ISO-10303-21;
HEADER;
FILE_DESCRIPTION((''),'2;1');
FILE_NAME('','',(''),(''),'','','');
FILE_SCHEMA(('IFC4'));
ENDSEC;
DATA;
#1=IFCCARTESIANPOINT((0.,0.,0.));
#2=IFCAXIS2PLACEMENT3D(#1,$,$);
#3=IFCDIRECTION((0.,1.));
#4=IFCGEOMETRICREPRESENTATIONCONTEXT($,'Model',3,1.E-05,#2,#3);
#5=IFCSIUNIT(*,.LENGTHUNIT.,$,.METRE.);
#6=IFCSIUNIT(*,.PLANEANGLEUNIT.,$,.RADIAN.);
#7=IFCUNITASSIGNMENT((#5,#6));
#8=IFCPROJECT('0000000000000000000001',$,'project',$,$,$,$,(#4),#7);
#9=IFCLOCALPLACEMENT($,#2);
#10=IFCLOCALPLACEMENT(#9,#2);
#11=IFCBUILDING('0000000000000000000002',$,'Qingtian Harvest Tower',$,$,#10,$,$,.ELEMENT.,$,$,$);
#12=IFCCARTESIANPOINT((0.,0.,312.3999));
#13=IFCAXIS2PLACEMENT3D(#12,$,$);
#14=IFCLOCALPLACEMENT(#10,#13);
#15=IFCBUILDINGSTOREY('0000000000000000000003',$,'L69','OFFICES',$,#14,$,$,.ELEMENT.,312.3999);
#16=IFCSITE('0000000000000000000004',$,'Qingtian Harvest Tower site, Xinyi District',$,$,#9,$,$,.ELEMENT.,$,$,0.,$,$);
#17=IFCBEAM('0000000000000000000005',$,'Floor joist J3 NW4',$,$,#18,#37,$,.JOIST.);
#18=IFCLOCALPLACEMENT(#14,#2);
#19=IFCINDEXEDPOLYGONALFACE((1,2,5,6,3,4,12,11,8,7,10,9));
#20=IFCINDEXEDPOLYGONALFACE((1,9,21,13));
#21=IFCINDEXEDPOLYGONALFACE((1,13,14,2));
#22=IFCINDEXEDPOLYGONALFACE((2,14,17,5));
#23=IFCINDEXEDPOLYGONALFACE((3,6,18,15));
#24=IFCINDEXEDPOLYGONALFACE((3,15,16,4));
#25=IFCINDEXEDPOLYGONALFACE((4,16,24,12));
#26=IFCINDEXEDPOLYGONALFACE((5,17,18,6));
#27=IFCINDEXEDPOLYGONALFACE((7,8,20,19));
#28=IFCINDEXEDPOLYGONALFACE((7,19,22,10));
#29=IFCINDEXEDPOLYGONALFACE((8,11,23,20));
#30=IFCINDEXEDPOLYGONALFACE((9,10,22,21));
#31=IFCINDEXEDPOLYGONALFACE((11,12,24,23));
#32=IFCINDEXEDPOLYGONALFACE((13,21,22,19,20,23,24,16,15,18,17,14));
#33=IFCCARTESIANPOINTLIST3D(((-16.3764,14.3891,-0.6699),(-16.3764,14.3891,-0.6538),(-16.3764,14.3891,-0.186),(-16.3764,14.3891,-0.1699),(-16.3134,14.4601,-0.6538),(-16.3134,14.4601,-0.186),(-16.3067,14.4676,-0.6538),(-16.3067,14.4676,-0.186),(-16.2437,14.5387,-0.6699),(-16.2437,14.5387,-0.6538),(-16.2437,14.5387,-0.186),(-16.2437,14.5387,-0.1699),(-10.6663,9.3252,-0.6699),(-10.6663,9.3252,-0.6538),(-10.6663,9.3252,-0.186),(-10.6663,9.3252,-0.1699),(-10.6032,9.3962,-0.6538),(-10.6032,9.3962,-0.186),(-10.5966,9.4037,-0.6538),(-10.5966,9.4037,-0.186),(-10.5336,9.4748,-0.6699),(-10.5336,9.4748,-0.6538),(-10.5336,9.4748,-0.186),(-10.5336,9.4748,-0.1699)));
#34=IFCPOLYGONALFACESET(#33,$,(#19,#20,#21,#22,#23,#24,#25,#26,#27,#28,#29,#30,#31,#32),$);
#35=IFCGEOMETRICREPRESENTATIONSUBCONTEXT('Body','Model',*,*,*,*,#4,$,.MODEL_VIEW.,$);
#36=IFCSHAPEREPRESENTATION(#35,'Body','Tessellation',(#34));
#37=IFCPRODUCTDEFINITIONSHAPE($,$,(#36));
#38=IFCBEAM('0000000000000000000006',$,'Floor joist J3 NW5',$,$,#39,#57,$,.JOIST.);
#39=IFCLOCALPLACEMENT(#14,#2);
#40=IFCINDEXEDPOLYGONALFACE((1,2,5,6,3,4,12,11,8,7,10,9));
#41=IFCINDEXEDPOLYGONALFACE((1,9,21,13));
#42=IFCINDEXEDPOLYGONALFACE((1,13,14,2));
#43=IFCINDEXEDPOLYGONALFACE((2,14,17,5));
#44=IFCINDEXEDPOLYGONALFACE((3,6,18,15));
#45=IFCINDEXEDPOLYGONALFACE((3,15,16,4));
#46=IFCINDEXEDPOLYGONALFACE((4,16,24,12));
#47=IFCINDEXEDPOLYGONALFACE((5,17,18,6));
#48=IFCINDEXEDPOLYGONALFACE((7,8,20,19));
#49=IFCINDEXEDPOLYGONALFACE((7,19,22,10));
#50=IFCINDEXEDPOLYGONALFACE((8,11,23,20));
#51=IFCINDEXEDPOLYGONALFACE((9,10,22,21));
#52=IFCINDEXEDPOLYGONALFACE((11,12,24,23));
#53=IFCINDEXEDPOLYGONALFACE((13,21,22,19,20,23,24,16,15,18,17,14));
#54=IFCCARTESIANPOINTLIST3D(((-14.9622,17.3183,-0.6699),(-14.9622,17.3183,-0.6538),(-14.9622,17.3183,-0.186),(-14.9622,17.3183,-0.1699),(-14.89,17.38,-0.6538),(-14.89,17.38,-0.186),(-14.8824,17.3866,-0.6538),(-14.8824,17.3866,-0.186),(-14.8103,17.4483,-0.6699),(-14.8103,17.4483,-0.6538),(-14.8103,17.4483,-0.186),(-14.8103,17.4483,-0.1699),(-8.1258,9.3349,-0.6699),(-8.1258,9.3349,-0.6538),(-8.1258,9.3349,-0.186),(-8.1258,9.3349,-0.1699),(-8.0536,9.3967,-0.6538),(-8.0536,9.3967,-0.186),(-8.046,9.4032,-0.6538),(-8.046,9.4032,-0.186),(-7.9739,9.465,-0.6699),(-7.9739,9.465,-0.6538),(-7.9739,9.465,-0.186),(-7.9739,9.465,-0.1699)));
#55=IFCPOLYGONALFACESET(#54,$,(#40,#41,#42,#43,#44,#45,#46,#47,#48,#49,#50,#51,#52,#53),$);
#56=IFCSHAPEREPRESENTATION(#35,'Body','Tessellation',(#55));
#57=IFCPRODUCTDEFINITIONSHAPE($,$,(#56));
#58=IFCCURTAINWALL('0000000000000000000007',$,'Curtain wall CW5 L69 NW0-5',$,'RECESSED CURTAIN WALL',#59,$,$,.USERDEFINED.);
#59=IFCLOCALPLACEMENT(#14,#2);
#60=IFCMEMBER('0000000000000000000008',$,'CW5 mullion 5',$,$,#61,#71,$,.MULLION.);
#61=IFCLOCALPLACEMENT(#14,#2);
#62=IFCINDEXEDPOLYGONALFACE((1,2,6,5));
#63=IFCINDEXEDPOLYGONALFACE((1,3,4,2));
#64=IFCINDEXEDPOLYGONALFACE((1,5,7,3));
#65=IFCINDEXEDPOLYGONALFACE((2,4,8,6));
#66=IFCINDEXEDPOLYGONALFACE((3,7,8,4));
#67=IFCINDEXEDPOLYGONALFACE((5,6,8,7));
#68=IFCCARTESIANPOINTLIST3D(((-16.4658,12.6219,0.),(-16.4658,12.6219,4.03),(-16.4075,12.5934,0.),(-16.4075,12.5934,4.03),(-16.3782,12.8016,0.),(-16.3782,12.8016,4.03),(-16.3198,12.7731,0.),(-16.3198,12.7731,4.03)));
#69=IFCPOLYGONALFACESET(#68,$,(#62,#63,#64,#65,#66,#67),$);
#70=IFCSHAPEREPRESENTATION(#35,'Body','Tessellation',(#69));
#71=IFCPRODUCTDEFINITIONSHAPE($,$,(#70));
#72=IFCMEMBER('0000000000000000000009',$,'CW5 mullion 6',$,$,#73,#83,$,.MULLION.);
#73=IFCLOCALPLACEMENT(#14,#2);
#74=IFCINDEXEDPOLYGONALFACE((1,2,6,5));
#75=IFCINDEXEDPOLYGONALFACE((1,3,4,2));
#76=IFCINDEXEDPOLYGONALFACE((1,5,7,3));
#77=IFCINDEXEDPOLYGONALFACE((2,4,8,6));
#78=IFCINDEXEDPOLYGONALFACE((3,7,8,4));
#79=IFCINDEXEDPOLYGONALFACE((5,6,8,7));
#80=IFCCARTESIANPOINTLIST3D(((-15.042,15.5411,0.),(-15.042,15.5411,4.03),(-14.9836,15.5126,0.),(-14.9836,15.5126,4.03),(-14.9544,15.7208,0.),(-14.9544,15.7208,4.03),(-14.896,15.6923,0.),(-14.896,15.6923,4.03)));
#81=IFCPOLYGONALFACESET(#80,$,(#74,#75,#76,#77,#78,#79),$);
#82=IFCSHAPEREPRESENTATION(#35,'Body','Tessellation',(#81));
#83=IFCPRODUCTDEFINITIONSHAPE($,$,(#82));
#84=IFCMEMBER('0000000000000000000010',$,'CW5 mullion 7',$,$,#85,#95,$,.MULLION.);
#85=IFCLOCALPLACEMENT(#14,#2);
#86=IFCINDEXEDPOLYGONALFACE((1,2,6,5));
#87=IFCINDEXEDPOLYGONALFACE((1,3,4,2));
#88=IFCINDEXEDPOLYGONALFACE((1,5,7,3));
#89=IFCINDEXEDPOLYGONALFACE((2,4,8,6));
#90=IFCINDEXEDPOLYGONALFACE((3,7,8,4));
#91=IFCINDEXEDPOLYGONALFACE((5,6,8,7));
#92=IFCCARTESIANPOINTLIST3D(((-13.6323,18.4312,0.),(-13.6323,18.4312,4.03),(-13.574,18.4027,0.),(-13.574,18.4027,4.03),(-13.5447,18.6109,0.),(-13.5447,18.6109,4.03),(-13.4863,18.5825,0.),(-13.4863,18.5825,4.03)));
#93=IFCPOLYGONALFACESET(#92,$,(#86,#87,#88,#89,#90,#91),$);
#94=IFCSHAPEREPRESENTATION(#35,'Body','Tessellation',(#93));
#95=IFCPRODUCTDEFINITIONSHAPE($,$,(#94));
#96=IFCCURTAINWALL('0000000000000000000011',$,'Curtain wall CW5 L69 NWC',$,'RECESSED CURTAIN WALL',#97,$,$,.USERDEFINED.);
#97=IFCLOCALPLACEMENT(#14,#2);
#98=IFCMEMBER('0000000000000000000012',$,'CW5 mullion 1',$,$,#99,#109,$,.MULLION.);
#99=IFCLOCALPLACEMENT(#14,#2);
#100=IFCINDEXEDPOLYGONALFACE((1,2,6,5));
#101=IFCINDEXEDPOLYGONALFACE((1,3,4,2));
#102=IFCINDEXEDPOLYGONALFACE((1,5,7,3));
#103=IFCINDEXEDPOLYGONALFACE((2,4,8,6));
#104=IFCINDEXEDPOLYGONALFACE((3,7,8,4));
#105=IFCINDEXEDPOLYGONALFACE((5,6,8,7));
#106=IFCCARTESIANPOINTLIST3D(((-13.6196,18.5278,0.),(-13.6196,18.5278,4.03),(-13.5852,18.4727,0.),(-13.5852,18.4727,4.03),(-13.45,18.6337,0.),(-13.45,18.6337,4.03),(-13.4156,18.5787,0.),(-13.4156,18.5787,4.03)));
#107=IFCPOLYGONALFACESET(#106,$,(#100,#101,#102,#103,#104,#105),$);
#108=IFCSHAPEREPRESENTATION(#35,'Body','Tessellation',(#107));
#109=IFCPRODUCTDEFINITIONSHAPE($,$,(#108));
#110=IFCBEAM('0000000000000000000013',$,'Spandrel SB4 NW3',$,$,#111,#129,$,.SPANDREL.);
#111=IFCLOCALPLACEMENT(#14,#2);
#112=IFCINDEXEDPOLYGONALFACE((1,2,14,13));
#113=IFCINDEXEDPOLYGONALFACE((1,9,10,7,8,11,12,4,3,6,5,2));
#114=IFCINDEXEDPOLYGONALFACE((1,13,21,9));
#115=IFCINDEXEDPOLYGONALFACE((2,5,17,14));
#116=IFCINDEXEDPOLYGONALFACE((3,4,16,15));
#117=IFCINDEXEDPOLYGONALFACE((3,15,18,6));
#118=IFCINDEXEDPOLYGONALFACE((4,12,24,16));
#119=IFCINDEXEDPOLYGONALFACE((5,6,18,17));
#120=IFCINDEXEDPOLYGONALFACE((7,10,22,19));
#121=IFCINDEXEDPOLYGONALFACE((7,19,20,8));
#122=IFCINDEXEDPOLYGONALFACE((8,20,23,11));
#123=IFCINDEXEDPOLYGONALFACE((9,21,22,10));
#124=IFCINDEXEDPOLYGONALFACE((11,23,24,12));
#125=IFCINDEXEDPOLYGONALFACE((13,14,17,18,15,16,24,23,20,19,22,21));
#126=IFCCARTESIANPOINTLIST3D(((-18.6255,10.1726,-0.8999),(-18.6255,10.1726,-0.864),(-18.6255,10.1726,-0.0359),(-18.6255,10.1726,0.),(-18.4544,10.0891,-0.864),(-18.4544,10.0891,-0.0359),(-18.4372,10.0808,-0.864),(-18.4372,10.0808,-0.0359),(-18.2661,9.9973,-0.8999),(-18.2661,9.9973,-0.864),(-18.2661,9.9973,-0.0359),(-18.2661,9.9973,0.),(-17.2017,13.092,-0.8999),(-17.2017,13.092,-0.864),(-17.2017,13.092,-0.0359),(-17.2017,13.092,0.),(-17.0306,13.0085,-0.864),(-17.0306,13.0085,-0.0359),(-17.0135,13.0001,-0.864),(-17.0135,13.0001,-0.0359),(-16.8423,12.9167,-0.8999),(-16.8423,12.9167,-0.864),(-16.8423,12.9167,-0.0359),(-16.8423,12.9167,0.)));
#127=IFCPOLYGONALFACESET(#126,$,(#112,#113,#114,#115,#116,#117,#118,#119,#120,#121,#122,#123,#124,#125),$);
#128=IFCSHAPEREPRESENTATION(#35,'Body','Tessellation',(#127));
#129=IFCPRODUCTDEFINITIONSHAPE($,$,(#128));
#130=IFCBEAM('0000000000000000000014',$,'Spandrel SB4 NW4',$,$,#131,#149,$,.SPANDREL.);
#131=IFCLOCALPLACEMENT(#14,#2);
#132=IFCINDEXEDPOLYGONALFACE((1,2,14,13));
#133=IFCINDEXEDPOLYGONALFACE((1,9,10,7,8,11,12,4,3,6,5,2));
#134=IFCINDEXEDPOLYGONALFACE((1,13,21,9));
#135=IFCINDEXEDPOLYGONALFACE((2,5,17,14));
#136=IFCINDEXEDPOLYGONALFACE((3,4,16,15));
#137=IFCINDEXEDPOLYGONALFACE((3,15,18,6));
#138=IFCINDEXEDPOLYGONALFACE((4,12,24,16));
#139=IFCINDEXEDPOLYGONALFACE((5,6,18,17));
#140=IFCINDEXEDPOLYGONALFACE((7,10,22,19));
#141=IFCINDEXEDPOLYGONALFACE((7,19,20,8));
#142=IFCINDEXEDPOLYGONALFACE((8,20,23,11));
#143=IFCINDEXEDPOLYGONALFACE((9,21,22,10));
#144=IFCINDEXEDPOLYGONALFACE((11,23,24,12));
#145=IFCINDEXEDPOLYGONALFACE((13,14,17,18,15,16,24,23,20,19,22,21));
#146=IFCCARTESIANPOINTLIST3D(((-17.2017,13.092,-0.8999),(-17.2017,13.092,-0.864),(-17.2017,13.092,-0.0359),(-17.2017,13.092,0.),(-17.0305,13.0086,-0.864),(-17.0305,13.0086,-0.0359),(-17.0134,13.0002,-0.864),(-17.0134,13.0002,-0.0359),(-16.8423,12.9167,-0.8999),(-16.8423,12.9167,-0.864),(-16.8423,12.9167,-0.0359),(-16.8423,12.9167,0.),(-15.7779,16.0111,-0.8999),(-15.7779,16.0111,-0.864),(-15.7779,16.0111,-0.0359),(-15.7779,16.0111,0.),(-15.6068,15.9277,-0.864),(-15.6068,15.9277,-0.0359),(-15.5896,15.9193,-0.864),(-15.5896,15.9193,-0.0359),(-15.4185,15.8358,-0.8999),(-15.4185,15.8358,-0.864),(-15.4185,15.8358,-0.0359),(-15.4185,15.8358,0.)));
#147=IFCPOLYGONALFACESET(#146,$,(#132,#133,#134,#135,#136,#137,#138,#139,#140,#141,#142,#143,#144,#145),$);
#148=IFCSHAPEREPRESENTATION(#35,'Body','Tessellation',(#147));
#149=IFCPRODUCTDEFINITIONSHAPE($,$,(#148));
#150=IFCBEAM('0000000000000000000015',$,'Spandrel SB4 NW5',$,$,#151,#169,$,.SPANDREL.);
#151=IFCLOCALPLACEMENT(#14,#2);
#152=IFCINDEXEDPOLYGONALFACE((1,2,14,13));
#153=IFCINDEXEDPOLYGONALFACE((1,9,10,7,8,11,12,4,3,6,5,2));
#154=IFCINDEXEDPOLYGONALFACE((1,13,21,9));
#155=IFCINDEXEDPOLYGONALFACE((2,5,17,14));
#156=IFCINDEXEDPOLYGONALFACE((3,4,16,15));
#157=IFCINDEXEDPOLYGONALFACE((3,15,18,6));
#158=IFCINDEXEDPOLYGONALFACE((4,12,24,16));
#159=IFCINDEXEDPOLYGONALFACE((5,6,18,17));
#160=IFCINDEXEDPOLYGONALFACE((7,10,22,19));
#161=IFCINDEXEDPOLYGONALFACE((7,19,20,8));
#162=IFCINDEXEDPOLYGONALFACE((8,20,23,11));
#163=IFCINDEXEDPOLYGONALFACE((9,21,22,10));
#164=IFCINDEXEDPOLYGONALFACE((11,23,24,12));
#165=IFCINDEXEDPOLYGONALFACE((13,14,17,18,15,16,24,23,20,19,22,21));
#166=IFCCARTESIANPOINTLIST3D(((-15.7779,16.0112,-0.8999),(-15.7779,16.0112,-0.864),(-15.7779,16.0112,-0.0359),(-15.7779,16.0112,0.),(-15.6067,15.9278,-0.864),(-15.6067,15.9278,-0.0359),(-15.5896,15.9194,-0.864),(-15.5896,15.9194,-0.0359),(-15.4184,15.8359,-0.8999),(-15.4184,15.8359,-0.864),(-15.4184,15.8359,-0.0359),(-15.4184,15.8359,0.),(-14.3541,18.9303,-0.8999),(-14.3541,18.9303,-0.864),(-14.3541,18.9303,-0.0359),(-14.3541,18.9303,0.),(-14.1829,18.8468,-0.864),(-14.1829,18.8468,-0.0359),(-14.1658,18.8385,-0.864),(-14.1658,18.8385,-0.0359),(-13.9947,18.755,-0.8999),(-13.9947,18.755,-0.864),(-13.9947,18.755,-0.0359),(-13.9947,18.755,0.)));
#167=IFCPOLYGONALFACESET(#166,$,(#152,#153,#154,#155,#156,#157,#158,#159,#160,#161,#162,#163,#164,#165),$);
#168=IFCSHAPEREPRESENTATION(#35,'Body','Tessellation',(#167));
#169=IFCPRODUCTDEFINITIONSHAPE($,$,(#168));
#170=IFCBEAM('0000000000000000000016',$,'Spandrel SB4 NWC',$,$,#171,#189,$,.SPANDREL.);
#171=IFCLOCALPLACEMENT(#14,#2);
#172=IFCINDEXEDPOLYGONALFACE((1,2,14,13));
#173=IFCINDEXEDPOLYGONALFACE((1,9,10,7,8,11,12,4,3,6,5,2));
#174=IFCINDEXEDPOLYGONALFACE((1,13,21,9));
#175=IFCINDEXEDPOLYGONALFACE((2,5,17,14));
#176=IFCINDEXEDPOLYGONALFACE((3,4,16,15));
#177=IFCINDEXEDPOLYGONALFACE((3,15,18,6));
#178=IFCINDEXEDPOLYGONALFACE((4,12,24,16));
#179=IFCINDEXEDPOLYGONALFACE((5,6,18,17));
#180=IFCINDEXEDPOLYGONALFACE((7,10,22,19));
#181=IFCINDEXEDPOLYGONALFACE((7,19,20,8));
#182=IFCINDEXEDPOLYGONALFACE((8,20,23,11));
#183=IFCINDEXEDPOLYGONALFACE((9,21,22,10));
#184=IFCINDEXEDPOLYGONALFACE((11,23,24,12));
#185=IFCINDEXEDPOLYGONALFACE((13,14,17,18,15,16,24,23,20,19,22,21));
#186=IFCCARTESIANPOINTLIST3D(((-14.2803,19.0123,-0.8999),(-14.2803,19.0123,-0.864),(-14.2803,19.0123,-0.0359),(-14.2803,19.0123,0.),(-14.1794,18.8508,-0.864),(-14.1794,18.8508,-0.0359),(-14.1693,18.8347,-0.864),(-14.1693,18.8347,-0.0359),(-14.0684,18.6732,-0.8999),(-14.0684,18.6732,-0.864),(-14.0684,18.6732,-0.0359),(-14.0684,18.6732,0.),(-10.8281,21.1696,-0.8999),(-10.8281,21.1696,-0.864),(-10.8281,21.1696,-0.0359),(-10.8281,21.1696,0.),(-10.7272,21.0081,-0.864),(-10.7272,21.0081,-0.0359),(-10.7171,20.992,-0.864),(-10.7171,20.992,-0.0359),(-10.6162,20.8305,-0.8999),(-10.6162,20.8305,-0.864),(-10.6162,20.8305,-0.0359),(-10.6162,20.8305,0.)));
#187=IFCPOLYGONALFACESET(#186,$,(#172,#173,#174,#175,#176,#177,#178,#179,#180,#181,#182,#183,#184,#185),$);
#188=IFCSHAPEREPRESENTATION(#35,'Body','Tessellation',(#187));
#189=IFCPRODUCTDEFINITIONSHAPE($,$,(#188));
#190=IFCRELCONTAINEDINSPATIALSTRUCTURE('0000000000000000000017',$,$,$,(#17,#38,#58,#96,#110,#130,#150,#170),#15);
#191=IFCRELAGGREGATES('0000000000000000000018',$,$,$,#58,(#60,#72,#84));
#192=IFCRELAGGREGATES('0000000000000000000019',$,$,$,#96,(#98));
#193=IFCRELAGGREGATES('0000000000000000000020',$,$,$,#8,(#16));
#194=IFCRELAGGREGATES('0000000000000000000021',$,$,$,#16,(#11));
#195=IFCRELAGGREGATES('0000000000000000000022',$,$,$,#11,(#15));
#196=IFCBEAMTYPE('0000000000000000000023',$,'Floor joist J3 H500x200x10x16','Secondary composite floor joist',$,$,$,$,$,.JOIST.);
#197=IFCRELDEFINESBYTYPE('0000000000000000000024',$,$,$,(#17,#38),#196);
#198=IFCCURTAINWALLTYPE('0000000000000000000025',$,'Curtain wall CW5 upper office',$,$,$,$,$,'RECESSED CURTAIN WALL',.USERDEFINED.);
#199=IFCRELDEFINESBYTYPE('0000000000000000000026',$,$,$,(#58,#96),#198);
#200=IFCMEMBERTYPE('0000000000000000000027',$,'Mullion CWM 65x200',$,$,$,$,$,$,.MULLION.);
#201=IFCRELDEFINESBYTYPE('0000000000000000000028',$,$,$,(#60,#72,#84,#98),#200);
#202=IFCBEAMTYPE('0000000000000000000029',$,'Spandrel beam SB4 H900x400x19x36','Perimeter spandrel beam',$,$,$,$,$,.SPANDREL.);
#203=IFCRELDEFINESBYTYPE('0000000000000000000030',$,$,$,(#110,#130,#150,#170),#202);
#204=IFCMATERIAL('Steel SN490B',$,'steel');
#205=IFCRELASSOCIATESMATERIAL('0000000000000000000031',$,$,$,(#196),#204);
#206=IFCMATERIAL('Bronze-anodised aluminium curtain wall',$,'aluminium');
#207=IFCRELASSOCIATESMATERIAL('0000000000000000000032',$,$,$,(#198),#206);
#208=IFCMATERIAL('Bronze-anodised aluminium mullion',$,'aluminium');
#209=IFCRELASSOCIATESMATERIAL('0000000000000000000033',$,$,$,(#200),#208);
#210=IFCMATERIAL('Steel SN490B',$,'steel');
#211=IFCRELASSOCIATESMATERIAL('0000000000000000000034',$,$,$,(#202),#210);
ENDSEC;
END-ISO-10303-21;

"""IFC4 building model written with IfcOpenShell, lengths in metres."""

from ifc_helpers import new_model, si_unit, direction, frame, origin, origin_2d, place, context, subcontext, project, spatial, rectangle, i_section, extrude, material, material_profile, profile_set, type_object, element, aggregate, save


model = new_model("IFC4")

# Units and contexts
model_context = context("Model", 3, precision=1e-05, world=origin(), true_north=direction((0.0, 1.0)))
body_context = subcontext(model_context, "Body", "Model", "MODEL_VIEW")
ifc_project = project(units=[si_unit("LENGTHUNIT", "METRE"), si_unit("PLANEANGLEUNIT", "RADIAN")], contexts=[model_context])

# Site, building, storey
site_placement = place(None, origin())
site = spatial("IfcSite", under=ifc_project, at=site_placement, Name="Qingtian Harvest Tower site, Xinyi District", CompositionType="ELEMENT", RefElevation=0.0)
building_placement = place(site_placement, origin())
building = spatial("IfcBuilding", under=site, at=building_placement, Name="Qingtian Harvest Tower", CompositionType="ELEMENT")
storey_placement = place(building_placement, frame((0.0, 0.0, 312.3999)))
storey = spatial("IfcBuildingStorey", under=building, at=storey_placement, Name="L69", Description="OFFICES", CompositionType="ELEMENT", Elevation=312.3999)

# Beams
ifc_material_1 = material(Name="Steel SN490B", Category="steel")
ifc_material_profile_1 = material_profile(ifc_material_1, i_section(OverallWidth=0.2, OverallDepth=0.5, WebThickness=0.01, FlangeThickness=0.0161, at=origin_2d()), Name="H500x200x10x16")
ifc_profile_set_1 = profile_set([ifc_material_profile_1], Name="Steel SN490B")
beam_type_1 = type_object("IfcBeamType", Name="Floor joist J3 H500x200x10x16", Description="Secondary composite floor joist", PredefinedType="JOIST", material=ifc_profile_set_1)
beam_1_placement = place(storey_placement, frame((-16.3101, 14.4639, -0.4199), z_axis=(0.748175, -0.663502, 0.0), x_axis=(0.663502, 0.748175, 0.0)))
element("IfcBeam", 1, at=beam_1_placement, inside=storey, type_object=beam_type_1, Name="Floor joist J3 NW4", PredefinedType="JOIST", context=body_context, shape_type="SweptSolid", body=[
    extrude(i_section(OverallWidth=0.2, OverallDepth=0.5, WebThickness=0.01, FlangeThickness=0.0161, at=origin_2d()), origin(), (0.0, 0.0, 1.0), 7.6321),
])
beam_2_placement = place(storey_placement, frame((-14.8862, 17.3833, -0.4199), z_axis=(0.650436, -0.759561, 0.0), x_axis=(0.759561, 0.650436, 0.0)))
element("IfcBeam", 2, at=beam_2_placement, inside=storey, type_object=beam_type_1, Name="Floor joist J3 NW5", PredefinedType="JOIST", context=body_context, shape_type="SweptSolid", body=[
    extrude(i_section(OverallWidth=0.2, OverallDepth=0.5, WebThickness=0.01, FlangeThickness=0.0161, at=origin_2d()), origin(), (0.0, 0.0, 1.0), 10.5105),
])

# Curtain wall, members
ifc_material_2 = material(Name="Bronze-anodised aluminium curtain wall", Category="aluminium")
curtain_wall_type = type_object("IfcCurtainWallType", Name="Curtain wall CW5 upper office", ElementType="RECESSED CURTAIN WALL", PredefinedType="USERDEFINED", material=ifc_material_2)
curtain_wall_1_placement = place(storey_placement, origin())
curtain_wall_1 = element("IfcCurtainWall", 3, at=curtain_wall_1_placement, inside=storey, type_object=curtain_wall_type, Name="Curtain wall CW5 L69 NW0-5", ObjectType="RECESSED CURTAIN WALL", PredefinedType="USERDEFINED")
ifc_material_3 = material(Name="Bronze-anodised aluminium mullion", Category="aluminium")
ifc_material_profile_2 = material_profile(ifc_material_3, rectangle(XDim=0.0649, YDim=0.2, at=origin_2d()), Name="AL 65x200")
ifc_profile_set_2 = profile_set([ifc_material_profile_2], Name="Bronze-anodised aluminium mullion")
member_type_1 = type_object("IfcMemberType", Name="Mullion CWM 65x200", PredefinedType="MULLION", material=ifc_profile_set_2)
member_1_placement = place(storey_placement, frame((-16.3928, 12.6975, 0.0), z_axis=(0.0, 0.0, 1.0), x_axis=(-0.898794, 0.438371, 0.0)))
member_1 = element("IfcMember", 4, at=member_1_placement, type_object=member_type_1, Name="CW5 mullion 5", PredefinedType="MULLION", context=body_context, shape_type="SweptSolid", body=[
    extrude(rectangle(XDim=0.0649, YDim=0.2, at=origin_2d()), origin(), (0.0, 0.0, 1.0), 4.03),
])
member_2_placement = place(storey_placement, frame((-14.969, 15.6167, 0.0), z_axis=(0.0, 0.0, 1.0), x_axis=(-0.898794, 0.438371, 0.0)))
member_2 = element("IfcMember", 5, at=member_2_placement, type_object=member_type_1, Name="CW5 mullion 6", PredefinedType="MULLION", context=body_context, shape_type="SweptSolid", body=[
    extrude(rectangle(XDim=0.0649, YDim=0.2, at=origin_2d()), origin(), (0.0, 0.0, 1.0), 4.03),
])
member_3_placement = place(storey_placement, frame((-13.5593, 18.5068, 0.0), z_axis=(0.0, 0.0, 1.0), x_axis=(-0.898794, 0.438371, 0.0)))
member_3 = element("IfcMember", 6, at=member_3_placement, type_object=member_type_1, Name="CW5 mullion 7", PredefinedType="MULLION", context=body_context, shape_type="SweptSolid", body=[
    extrude(rectangle(XDim=0.0649, YDim=0.2, at=origin_2d()), origin(), (0.0, 0.0, 1.0), 4.03),
])

# Curtain wall, member
curtain_wall_2_placement = place(storey_placement, origin())
curtain_wall_2 = element("IfcCurtainWall", 7, at=curtain_wall_2_placement, inside=storey, type_object=curtain_wall_type, Name="Curtain wall CW5 L69 NWC", ObjectType="RECESSED CURTAIN WALL", PredefinedType="USERDEFINED")
member_4_placement = place(storey_placement, frame((-13.5176, 18.5532, 0.0), z_axis=(0.0, 0.0, 1.0), x_axis=(-0.529919, 0.848048, 0.0)))
member_4 = element("IfcMember", 8, at=member_4_placement, type_object=member_type_1, Name="CW5 mullion 1", PredefinedType="MULLION", context=body_context, shape_type="SweptSolid", body=[
    extrude(rectangle(XDim=0.0649, YDim=0.2, at=origin_2d()), origin(), (0.0, 0.0, 1.0), 4.03),
])

# Beams
ifc_material_4 = material(Name="Steel SN490B", Category="steel")
ifc_material_profile_3 = material_profile(ifc_material_4, i_section(OverallWidth=0.3999, OverallDepth=0.8999, WebThickness=0.019, FlangeThickness=0.0359, at=origin_2d()), Name="H900x400x19x36")
ifc_profile_set_3 = profile_set([ifc_material_profile_3], Name="Steel SN490B")
beam_type_2 = type_object("IfcBeamType", Name="Spandrel beam SB4 H900x400x19x36", Description="Perimeter spandrel beam", PredefinedType="SPANDREL", material=ifc_profile_set_3)
beam_3_placement = place(storey_placement, frame((-18.4458, 10.085, -0.45), z_axis=(0.438353, 0.898803, 0.0), x_axis=(-0.898803, 0.438353, 0.0)))
element("IfcBeam", 9, at=beam_3_placement, inside=storey, type_object=beam_type_2, Name="Spandrel SB4 NW3", PredefinedType="SPANDREL", context=body_context, shape_type="SweptSolid", body=[
    extrude(i_section(OverallWidth=0.3999, OverallDepth=0.8999, WebThickness=0.019, FlangeThickness=0.0359, at=origin_2d()), origin(), (0.0, 0.0, 1.0), 3.248),
])
for number, where, z_axis, x_axis, name in (
    (10, (-17.022, 13.0044, -0.45), (0.438382, 0.898789, 0.0), (-0.898789, 0.438382, 0.0), "Spandrel SB4 NW4"),
    (11, (-15.5981, 15.9236, -0.45), (0.438382, 0.898789, 0.0), (-0.898789, 0.438382, 0.0), "Spandrel SB4 NW5"),
):
    element("IfcBeam", number, at=place(storey_placement, frame(where, z_axis=z_axis, x_axis=x_axis)), inside=storey, type_object=beam_type_2, Name=name, PredefinedType="SPANDREL", context=body_context, shape_type="SweptSolid", body=[
        extrude(i_section(OverallWidth=0.3999, OverallDepth=0.8999, WebThickness=0.019, FlangeThickness=0.0359, at=origin_2d()), origin(), (0.0, 0.0, 1.0), 3.2478),
    ])
beam_4_placement = place(storey_placement, frame((-14.1743, 18.8428, -0.45), z_axis=(0.848039, 0.529934, 0.0), x_axis=(-0.529934, 0.848039, 0.0)))
element("IfcBeam", 12, at=beam_4_placement, inside=storey, type_object=beam_type_2, Name="Spandrel SB4 NWC", PredefinedType="SPANDREL", context=body_context, shape_type="SweptSolid", body=[
    extrude(i_section(OverallWidth=0.3999, OverallDepth=0.8999, WebThickness=0.019, FlangeThickness=0.0359, at=origin_2d()), origin(), (0.0, 0.0, 1.0), 4.0708),
])

aggregate(curtain_wall_1, [member_1, member_2, member_3])
aggregate(curtain_wall_2, [member_4])

save(model, "model.ifc")
